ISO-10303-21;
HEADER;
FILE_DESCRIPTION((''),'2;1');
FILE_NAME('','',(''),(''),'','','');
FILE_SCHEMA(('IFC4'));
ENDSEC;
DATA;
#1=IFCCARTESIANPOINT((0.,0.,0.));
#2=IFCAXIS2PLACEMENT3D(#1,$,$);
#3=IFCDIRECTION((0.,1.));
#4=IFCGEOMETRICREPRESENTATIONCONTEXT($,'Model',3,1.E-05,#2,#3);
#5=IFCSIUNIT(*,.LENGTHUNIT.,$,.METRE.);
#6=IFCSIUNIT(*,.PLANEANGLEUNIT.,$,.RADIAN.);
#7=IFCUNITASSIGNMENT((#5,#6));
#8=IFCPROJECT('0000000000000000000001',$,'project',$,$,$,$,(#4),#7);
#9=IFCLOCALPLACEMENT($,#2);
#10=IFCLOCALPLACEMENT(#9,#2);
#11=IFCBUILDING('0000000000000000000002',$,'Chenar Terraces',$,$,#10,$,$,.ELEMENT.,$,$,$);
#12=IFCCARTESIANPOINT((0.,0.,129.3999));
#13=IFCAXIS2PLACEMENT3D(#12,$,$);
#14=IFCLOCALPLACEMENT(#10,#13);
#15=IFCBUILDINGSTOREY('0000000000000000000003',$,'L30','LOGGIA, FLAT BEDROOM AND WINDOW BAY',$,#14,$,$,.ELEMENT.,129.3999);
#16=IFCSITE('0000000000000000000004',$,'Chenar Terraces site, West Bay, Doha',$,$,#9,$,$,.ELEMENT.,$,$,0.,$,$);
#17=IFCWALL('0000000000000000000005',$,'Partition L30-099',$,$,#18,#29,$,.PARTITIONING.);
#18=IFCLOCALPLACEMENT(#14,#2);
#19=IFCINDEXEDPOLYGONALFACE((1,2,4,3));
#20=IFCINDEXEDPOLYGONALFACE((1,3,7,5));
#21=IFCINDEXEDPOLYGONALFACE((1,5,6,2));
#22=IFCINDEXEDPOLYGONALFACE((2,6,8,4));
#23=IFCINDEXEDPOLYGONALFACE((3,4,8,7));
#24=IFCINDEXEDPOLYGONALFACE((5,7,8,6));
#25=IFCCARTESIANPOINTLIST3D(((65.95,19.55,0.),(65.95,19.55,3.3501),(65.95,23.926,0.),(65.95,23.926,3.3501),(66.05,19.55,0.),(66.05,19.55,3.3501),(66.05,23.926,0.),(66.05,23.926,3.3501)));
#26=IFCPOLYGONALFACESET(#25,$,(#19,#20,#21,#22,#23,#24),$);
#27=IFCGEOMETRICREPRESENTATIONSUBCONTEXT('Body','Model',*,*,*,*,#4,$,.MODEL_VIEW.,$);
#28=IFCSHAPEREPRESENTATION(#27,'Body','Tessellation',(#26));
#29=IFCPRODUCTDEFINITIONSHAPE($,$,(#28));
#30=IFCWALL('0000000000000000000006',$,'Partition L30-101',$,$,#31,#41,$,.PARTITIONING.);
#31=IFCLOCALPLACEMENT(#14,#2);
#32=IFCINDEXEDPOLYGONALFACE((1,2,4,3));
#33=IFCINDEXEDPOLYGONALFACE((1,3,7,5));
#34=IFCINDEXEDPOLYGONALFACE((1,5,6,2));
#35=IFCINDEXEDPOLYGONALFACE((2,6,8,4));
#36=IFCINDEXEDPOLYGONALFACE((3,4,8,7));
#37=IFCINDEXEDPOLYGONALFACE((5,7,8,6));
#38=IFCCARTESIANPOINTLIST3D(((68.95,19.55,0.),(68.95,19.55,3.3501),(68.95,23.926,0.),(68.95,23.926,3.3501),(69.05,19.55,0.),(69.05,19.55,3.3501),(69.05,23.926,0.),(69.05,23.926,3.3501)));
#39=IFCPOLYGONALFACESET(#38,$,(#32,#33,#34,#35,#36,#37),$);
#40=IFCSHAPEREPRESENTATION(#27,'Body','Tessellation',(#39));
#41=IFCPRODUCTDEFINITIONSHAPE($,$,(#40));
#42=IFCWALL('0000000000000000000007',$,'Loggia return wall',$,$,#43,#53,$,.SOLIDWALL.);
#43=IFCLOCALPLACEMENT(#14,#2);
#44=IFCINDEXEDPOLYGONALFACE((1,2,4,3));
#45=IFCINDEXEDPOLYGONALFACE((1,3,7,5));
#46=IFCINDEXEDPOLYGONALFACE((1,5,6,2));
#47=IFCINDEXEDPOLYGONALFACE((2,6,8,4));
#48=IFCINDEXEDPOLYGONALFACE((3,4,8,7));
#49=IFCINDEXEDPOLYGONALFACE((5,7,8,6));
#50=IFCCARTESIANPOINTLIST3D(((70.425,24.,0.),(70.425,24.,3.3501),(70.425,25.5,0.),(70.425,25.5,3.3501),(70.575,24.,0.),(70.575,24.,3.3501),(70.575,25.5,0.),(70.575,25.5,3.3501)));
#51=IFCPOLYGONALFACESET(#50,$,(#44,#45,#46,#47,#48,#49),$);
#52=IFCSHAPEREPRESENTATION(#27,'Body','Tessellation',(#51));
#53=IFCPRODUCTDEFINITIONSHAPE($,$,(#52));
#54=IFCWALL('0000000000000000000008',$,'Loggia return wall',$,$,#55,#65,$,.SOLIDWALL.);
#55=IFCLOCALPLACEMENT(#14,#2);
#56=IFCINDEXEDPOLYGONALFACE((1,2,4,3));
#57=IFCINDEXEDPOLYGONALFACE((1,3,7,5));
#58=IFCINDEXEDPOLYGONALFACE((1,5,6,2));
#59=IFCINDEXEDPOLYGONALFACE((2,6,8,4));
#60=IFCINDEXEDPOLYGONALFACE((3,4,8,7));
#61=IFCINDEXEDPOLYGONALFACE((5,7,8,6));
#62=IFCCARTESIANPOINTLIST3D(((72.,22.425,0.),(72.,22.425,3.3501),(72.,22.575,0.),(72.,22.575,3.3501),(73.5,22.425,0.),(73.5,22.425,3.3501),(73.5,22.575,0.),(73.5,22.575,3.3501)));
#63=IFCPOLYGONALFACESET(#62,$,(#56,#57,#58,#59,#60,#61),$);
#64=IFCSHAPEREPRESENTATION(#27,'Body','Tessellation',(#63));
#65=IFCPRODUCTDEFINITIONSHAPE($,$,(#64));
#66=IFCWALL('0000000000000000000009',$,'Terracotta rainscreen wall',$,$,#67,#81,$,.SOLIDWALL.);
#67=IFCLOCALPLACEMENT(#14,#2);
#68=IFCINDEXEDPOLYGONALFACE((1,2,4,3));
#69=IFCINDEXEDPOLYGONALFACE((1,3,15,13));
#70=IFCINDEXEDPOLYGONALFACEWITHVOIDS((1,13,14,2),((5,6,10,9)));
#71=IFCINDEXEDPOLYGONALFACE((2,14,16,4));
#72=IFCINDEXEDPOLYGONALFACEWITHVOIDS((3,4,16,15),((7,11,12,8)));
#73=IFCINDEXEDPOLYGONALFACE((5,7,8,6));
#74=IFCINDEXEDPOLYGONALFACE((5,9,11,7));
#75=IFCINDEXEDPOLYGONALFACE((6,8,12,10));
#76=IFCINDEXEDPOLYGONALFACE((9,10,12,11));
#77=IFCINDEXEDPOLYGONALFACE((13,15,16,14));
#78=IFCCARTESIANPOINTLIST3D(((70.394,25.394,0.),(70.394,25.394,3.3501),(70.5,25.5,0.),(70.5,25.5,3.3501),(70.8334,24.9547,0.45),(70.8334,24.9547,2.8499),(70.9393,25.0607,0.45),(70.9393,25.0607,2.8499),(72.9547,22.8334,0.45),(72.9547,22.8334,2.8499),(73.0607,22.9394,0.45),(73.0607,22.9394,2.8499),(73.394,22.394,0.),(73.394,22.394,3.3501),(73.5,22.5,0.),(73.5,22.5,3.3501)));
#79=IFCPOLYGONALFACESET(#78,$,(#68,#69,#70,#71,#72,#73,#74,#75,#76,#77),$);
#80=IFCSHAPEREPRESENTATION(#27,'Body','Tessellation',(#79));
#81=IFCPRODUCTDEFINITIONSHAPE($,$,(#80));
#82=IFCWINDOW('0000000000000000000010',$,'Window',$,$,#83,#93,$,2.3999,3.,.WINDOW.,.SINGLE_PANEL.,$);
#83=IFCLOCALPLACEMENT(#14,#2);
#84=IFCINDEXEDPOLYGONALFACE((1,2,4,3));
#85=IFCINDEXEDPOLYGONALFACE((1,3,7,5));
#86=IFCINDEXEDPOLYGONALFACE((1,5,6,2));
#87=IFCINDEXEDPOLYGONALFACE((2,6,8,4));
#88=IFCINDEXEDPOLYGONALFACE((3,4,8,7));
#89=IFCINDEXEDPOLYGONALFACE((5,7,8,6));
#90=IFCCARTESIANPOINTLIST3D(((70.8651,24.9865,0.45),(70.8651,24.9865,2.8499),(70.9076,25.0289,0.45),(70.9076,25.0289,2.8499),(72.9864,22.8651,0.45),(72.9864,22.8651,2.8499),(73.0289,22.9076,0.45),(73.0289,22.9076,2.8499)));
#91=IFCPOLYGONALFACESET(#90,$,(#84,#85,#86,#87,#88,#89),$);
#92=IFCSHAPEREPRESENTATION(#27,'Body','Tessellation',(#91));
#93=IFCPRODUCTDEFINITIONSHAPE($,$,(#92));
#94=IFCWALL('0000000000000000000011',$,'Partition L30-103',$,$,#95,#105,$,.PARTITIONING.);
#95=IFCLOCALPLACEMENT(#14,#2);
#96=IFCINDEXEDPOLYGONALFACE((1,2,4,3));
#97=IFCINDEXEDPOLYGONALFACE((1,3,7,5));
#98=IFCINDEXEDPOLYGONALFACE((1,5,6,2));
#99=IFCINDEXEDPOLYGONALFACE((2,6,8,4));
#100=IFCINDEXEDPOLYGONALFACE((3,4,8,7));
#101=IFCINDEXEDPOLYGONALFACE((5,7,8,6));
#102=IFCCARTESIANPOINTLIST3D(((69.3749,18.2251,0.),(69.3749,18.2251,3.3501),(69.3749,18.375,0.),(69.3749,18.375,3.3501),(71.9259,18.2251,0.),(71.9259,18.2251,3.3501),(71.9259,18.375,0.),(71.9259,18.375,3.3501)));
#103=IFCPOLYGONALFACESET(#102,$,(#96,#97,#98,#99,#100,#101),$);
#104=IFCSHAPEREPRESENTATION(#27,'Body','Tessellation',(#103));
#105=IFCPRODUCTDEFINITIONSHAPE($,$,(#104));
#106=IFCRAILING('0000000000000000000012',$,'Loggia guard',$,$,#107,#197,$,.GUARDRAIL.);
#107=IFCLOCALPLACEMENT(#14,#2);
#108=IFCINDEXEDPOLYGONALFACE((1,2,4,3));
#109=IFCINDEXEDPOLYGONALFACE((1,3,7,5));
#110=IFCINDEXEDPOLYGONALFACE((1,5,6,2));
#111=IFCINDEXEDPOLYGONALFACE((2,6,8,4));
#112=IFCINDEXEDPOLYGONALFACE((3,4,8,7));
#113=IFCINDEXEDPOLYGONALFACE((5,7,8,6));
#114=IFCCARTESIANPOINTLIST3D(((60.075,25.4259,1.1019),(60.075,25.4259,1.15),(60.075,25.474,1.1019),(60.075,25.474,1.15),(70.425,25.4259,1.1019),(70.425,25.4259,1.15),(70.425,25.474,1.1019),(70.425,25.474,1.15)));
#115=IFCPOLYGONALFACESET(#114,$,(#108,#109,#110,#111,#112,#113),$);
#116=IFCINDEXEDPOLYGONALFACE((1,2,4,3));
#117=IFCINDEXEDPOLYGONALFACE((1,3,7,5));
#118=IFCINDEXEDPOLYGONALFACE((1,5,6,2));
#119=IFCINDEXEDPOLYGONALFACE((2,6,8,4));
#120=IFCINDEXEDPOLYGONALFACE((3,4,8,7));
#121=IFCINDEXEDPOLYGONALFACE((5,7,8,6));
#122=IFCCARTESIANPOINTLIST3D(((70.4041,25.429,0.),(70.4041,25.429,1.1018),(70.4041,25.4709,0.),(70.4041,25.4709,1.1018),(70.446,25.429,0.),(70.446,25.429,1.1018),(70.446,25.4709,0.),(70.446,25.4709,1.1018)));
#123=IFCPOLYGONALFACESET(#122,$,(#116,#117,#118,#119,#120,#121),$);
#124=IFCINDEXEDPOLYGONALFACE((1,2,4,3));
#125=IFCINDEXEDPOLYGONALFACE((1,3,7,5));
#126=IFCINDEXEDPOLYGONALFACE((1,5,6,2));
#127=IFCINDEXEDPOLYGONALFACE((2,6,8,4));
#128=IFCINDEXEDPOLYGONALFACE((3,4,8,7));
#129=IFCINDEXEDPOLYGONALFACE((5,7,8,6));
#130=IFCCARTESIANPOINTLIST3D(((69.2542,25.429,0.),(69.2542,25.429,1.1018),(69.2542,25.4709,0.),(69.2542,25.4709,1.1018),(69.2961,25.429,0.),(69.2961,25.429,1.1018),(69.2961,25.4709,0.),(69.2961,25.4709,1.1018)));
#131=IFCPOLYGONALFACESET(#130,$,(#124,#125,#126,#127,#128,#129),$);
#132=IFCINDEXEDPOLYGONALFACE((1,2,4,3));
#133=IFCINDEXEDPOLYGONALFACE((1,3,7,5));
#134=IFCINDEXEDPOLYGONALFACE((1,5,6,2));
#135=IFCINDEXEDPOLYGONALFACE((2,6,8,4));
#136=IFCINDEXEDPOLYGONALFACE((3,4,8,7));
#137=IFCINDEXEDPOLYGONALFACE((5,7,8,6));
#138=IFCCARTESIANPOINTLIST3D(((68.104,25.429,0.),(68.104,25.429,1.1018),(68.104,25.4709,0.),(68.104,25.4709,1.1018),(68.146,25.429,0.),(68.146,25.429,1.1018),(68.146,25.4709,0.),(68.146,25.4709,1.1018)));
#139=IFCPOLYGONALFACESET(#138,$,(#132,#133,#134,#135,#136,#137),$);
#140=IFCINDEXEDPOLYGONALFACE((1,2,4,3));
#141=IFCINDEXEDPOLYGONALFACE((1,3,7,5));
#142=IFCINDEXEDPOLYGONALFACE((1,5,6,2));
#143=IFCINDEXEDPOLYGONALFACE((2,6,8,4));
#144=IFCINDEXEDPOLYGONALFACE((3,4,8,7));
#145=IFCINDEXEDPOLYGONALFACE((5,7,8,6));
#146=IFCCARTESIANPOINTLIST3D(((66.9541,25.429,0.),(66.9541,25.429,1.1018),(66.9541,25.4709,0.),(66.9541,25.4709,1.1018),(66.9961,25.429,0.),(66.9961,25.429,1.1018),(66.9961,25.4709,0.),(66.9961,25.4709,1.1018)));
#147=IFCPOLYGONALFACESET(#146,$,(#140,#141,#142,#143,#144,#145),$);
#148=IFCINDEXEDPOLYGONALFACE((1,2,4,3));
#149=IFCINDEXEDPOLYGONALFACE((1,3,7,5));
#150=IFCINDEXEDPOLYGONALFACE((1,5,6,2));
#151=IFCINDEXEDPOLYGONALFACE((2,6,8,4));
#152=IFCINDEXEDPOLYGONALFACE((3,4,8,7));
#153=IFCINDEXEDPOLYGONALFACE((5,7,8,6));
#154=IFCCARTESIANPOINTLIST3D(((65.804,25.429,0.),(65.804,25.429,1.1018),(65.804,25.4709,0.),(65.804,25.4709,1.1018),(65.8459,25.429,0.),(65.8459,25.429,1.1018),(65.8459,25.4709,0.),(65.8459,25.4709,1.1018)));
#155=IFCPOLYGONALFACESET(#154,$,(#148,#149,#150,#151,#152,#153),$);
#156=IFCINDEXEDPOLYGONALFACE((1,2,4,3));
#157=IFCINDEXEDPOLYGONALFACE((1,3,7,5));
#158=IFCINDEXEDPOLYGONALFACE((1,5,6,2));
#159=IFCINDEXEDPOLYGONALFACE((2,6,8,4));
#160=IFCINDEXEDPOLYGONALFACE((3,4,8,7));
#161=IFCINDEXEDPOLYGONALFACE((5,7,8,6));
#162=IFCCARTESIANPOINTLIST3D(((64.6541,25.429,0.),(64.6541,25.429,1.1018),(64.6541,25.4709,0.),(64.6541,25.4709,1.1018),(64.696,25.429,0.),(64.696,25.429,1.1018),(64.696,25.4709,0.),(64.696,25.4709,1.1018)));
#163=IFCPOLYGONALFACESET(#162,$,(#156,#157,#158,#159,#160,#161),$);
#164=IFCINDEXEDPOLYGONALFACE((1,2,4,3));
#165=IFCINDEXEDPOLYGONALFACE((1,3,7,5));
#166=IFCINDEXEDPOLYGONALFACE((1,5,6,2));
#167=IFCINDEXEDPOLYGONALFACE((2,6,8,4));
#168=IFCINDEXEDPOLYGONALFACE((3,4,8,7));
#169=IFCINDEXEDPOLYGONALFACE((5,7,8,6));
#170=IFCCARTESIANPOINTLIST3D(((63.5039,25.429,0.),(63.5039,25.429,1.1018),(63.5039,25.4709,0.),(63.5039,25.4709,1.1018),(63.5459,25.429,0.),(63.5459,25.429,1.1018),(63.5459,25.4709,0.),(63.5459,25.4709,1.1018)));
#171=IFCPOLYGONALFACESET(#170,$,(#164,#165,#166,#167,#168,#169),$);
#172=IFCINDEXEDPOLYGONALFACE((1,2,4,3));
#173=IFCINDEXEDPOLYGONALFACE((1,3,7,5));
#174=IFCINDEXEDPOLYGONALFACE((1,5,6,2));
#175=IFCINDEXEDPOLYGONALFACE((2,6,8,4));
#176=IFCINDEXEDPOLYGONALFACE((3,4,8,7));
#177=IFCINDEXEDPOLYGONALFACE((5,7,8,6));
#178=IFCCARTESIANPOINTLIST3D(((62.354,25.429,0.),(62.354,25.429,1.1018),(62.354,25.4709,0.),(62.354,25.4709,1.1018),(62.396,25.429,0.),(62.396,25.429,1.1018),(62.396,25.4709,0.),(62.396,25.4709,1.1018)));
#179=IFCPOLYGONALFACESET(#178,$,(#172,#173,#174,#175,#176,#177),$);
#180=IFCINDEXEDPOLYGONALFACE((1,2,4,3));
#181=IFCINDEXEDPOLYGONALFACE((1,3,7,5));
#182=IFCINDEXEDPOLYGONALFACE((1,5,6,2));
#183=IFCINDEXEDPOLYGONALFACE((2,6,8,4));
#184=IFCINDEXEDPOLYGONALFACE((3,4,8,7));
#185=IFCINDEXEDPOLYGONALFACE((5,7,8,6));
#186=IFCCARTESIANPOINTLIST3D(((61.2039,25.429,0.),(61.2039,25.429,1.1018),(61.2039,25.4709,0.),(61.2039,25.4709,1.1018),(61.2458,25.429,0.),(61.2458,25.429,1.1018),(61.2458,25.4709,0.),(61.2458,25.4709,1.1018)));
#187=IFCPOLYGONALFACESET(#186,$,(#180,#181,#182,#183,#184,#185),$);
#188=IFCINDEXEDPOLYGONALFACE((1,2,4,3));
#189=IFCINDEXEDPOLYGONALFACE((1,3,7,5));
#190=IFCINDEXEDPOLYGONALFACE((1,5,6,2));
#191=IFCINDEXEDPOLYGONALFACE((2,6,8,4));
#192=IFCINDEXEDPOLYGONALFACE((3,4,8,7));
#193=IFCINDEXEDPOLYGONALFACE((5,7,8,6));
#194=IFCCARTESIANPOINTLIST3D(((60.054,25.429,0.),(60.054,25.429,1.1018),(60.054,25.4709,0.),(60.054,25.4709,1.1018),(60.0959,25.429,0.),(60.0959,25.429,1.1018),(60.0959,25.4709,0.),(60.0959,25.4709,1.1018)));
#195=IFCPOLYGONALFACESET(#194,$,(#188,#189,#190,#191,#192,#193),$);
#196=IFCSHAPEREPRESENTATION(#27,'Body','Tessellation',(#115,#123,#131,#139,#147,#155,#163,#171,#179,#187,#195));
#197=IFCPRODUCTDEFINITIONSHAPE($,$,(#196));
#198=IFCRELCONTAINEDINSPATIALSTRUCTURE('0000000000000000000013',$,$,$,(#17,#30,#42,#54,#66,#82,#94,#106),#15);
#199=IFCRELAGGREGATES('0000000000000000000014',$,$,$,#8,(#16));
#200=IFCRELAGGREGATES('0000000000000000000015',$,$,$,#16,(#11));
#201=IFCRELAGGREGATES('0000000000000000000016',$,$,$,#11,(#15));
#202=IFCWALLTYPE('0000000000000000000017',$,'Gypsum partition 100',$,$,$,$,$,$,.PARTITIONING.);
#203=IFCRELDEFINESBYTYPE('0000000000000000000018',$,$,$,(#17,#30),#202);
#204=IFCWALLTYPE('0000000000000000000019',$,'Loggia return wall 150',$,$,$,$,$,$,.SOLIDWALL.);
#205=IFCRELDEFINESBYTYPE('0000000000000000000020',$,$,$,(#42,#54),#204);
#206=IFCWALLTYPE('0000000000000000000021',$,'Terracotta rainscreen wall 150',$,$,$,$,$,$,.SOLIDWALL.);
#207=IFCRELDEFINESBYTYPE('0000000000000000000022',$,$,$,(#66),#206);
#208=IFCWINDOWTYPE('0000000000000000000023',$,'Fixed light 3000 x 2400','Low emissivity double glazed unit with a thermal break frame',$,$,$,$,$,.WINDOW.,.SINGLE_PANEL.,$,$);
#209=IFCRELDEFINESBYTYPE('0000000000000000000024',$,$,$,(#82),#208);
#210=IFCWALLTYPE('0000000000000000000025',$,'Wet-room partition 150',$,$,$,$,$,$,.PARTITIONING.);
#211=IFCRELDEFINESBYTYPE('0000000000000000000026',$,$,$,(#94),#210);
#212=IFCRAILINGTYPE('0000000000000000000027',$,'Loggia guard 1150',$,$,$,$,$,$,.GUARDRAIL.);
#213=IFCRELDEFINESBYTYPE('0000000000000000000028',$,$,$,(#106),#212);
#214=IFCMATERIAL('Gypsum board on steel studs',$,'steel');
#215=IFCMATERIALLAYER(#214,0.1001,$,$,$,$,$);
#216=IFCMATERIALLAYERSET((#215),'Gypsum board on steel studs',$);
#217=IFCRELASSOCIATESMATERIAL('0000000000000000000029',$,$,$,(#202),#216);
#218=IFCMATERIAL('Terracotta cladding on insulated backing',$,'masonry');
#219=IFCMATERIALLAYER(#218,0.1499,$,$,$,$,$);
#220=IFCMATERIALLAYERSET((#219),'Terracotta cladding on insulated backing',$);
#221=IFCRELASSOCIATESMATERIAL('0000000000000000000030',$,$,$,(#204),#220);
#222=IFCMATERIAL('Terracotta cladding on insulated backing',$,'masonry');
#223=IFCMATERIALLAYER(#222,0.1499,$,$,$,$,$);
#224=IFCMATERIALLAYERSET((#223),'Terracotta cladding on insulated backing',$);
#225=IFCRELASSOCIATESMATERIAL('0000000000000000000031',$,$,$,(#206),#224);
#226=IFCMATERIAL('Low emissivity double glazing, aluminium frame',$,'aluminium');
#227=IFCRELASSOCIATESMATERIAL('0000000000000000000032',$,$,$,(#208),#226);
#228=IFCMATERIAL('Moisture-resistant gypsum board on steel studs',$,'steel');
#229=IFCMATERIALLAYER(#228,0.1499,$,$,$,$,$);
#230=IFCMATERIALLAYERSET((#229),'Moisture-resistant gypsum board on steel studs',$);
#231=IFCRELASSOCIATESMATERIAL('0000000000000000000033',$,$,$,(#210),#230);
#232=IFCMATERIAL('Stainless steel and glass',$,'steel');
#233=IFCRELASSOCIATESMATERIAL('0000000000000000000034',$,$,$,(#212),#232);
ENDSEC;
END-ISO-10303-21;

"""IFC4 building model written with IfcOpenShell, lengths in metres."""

from ifc_helpers import new_model, si_unit, direction, frame, frame_2d, origin, origin_2d, place, context, subcontext, project, spatial, rectangle, extrude, material, layer, layer_set, type_object, element, fill, save


model = new_model("IFC4")

# Units and contexts
model_context = context("Model", 3, precision=1e-05, world=origin(), true_north=direction((0.0, 1.0)))
body_context = subcontext(model_context, "Body", "Model", "MODEL_VIEW")
ifc_project = project(units=[si_unit("LENGTHUNIT", "METRE"), si_unit("PLANEANGLEUNIT", "RADIAN")], contexts=[model_context])

# Site, building, storey
site_placement = place(None, origin())
site = spatial("IfcSite", under=ifc_project, at=site_placement, Name="Chenar Terraces site, West Bay, Doha", CompositionType="ELEMENT", RefElevation=0.0)
building_placement = place(site_placement, origin())
building = spatial("IfcBuilding", under=site, at=building_placement, Name="Chenar Terraces", CompositionType="ELEMENT")
storey_placement = place(building_placement, frame((0.0, 0.0, 129.3999)))
storey = spatial("IfcBuildingStorey", under=building, at=storey_placement, Name="L30", Description="LOGGIA, FLAT BEDROOM AND WINDOW BAY", CompositionType="ELEMENT", Elevation=129.3999)

# Walls
ifc_material_1 = material(Name="Gypsum board on steel studs", Category="steel")
ifc_layer_1 = layer(ifc_material_1, 0.1001)
ifc_layer_set_1 = layer_set([ifc_layer_1], Name="Gypsum board on steel studs")
wall_type_1 = type_object("IfcWallType", Name="Gypsum partition 100", PredefinedType="PARTITIONING", material=ifc_layer_set_1)
for number, where, z_axis, x_axis, name in (
    (1, (66.0, 19.55, 0.0), (0.0, 0.0, 1.0), (0.0, 1.0, 0.0), "Partition L30-099"),
    (2, (69.0, 19.55, 0.0), (0.0, 0.0, 1.0), (0.0, 1.0, 0.0), "Partition L30-101"),
):
    element("IfcWall", number, at=place(storey_placement, frame(where, z_axis=z_axis, x_axis=x_axis)), inside=storey, type_object=wall_type_1, Name=name, PredefinedType="PARTITIONING", context=body_context, shape_type="SweptSolid", body=[
        extrude(rectangle(XDim=4.376, YDim=0.1001, at=frame_2d((2.188, 0.0))), origin(), (0.0, 0.0, 1.0), 3.3501),
    ])
ifc_material_2 = material(Name="Terracotta cladding on insulated backing", Category="masonry")
ifc_layer_2 = layer(ifc_material_2, 0.1499)
ifc_layer_set_2 = layer_set([ifc_layer_2], Name="Terracotta cladding on insulated backing")
wall_type_2 = type_object("IfcWallType", Name="Loggia return wall 150", PredefinedType="SOLIDWALL", material=ifc_layer_set_2)
for number, where, z_axis, x_axis, name in (
    (3, (70.5, 25.5, 0.0), (0.0, 0.0, 1.0), (0.0, -1.0, 0.0), "Loggia return wall"),
    (4, (73.5, 22.5, 0.0), (0.0, 0.0, 1.0), (-1.0, 0.0, 0.0), "Loggia return wall"),
):
    element("IfcWall", number, at=place(storey_placement, frame(where, z_axis=z_axis, x_axis=x_axis)), inside=storey, type_object=wall_type_2, Name=name, PredefinedType="SOLIDWALL", context=body_context, shape_type="SweptSolid", body=[
        extrude(rectangle(XDim=1.5, YDim=0.1499, at=frame_2d((0.75, 0.0))), origin(), (0.0, 0.0, 1.0), 3.3501),
    ])

# Wall, opening, window
ifc_material_3 = material(Name="Terracotta cladding on insulated backing", Category="masonry")
ifc_layer_3 = layer(ifc_material_3, 0.1499)
ifc_layer_set_3 = layer_set([ifc_layer_3], Name="Terracotta cladding on insulated backing")
wall_type_3 = type_object("IfcWallType", Name="Terracotta rainscreen wall 150", PredefinedType="SOLIDWALL", material=ifc_layer_set_3)
wall_1_placement = place(storey_placement, frame((73.447, 22.447, 0.0), z_axis=(0.0, 0.0, 1.0), x_axis=(-0.707107, 0.707107, 0.0)))
wall_1 = element("IfcWall", 5, at=wall_1_placement, inside=storey, type_object=wall_type_3, Name="Terracotta rainscreen wall", PredefinedType="SOLIDWALL", context=body_context, shape_type="SweptSolid", body=[
    extrude(rectangle(XDim=4.2427, YDim=0.1499, at=frame_2d((2.1213, 0.0))), origin(), (0.0, 0.0, 1.0), 3.3501),
])
opening_1_placement = place(wall_1_placement, frame((0.6213, 0.0, 0.45)))
opening_1 = element("IfcOpeningElement", 6, at=opening_1_placement, cuts=wall_1, PredefinedType="OPENING", context=body_context, shape_type="SweptSolid", body=[
    extrude(rectangle(XDim=3.0, YDim=2.3999, at=frame_2d((1.5, 1.2))), frame((0.0, 0.085, 0.0), z_axis=(0.0, -1.0, 0.0), x_axis=(1.0, 0.0, 0.0)), (0.0, 0.0, 1.0), 0.1699),
])
ifc_material_4 = material(Name="Low emissivity double glazing, aluminium frame", Category="aluminium")
window_type_1 = type_object("IfcWindowType", Name="Fixed light 3000 x 2400", Description="Low emissivity double glazed unit with a thermal break frame", PartitioningType="SINGLE_PANEL", PredefinedType="WINDOW", material=ifc_material_4)
window_1_placement = place(opening_1_placement, origin())
window_1 = element("IfcWindow", 7, at=window_1_placement, inside=storey, type_object=window_type_1, Name="Window", OverallHeight=2.3999, OverallWidth=3.0, PartitioningType="SINGLE_PANEL", PredefinedType="WINDOW", context=body_context, shape_type="SweptSolid", body=[
    extrude(rectangle(XDim=3.0, YDim=2.3999, at=frame_2d((1.5, 1.2))), frame((0.0, 0.03, 0.0), z_axis=(0.0, -1.0, 0.0), x_axis=(1.0, 0.0, 0.0)), (0.0, 0.0, 1.0), 0.0601),
])
fill(opening_1, window_1)

# Wall
ifc_material_5 = material(Name="Moisture-resistant gypsum board on steel studs", Category="steel")
ifc_layer_4 = layer(ifc_material_5, 0.1499)
ifc_layer_set_4 = layer_set([ifc_layer_4], Name="Moisture-resistant gypsum board on steel studs")
wall_type_4 = type_object("IfcWallType", Name="Wet-room partition 150", PredefinedType="PARTITIONING", material=ifc_layer_set_4)
wall_2_placement = place(storey_placement, frame((69.375, 18.3, 0.0), z_axis=(0.0, 0.0, 1.0), x_axis=(1.0, 0.0, 0.0)))
element("IfcWall", 8, at=wall_2_placement, inside=storey, type_object=wall_type_4, Name="Partition L30-103", PredefinedType="PARTITIONING", context=body_context, shape_type="SweptSolid", body=[
    extrude(rectangle(XDim=2.551, YDim=0.1499, at=frame_2d((1.2754, 0.0))), origin(), (0.0, 0.0, 1.0), 3.3501),
])

# Railing
ifc_material_6 = material(Name="Stainless steel and glass", Category="steel")
railing_type = type_object("IfcRailingType", Name="Loggia guard 1150", PredefinedType="GUARDRAIL", material=ifc_material_6)
railing_placement = place(storey_placement, frame((70.425, 25.45, 0.0)))
element("IfcRailing", 9, at=railing_placement, inside=storey, type_object=railing_type, Name="Loggia guard", PredefinedType="GUARDRAIL", context=body_context, shape_type="SweptSolid", body=[
    extrude(rectangle(XDim=0.0481, YDim=0.0481, at=origin_2d()), frame((0.0, 0.0, 1.126), z_axis=(-1.0, 0.0, 0.0), x_axis=(0.0, -1.0, 0.0)), (0.0, 0.0, 1.0), 10.3501),
    extrude(rectangle(XDim=0.042, YDim=0.042, at=origin_2d()), origin(), (0.0, 0.0, 1.0), 1.1018),
    extrude(rectangle(XDim=0.042, YDim=0.042, at=origin_2d()), frame((-1.1499, 0.0, 0.0)), (0.0, 0.0, 1.0), 1.1018),
    extrude(rectangle(XDim=0.042, YDim=0.042, at=origin_2d()), frame((-2.3, 0.0, 0.0)), (0.0, 0.0, 1.0), 1.1018),
    extrude(rectangle(XDim=0.042, YDim=0.042, at=origin_2d()), frame((-3.45, 0.0, 0.0)), (0.0, 0.0, 1.0), 1.1018),
    extrude(rectangle(XDim=0.042, YDim=0.042, at=origin_2d()), frame((-4.6001, 0.0, 0.0)), (0.0, 0.0, 1.0), 1.1018),
    extrude(rectangle(XDim=0.042, YDim=0.042, at=origin_2d()), frame((-5.75, 0.0, 0.0)), (0.0, 0.0, 1.0), 1.1018),
    extrude(rectangle(XDim=0.042, YDim=0.042, at=origin_2d()), frame((-6.9001, 0.0, 0.0)), (0.0, 0.0, 1.0), 1.1018),
    extrude(rectangle(XDim=0.042, YDim=0.042, at=origin_2d()), frame((-8.05, 0.0, 0.0)), (0.0, 0.0, 1.0), 1.1018),
    extrude(rectangle(XDim=0.042, YDim=0.042, at=origin_2d()), frame((-9.2002, 0.0, 0.0)), (0.0, 0.0, 1.0), 1.1018),
    extrude(rectangle(XDim=0.042, YDim=0.042, at=origin_2d()), frame((-10.3501, 0.0, 0.0)), (0.0, 0.0, 1.0), 1.1018),
])

save(model, "model.ifc")
